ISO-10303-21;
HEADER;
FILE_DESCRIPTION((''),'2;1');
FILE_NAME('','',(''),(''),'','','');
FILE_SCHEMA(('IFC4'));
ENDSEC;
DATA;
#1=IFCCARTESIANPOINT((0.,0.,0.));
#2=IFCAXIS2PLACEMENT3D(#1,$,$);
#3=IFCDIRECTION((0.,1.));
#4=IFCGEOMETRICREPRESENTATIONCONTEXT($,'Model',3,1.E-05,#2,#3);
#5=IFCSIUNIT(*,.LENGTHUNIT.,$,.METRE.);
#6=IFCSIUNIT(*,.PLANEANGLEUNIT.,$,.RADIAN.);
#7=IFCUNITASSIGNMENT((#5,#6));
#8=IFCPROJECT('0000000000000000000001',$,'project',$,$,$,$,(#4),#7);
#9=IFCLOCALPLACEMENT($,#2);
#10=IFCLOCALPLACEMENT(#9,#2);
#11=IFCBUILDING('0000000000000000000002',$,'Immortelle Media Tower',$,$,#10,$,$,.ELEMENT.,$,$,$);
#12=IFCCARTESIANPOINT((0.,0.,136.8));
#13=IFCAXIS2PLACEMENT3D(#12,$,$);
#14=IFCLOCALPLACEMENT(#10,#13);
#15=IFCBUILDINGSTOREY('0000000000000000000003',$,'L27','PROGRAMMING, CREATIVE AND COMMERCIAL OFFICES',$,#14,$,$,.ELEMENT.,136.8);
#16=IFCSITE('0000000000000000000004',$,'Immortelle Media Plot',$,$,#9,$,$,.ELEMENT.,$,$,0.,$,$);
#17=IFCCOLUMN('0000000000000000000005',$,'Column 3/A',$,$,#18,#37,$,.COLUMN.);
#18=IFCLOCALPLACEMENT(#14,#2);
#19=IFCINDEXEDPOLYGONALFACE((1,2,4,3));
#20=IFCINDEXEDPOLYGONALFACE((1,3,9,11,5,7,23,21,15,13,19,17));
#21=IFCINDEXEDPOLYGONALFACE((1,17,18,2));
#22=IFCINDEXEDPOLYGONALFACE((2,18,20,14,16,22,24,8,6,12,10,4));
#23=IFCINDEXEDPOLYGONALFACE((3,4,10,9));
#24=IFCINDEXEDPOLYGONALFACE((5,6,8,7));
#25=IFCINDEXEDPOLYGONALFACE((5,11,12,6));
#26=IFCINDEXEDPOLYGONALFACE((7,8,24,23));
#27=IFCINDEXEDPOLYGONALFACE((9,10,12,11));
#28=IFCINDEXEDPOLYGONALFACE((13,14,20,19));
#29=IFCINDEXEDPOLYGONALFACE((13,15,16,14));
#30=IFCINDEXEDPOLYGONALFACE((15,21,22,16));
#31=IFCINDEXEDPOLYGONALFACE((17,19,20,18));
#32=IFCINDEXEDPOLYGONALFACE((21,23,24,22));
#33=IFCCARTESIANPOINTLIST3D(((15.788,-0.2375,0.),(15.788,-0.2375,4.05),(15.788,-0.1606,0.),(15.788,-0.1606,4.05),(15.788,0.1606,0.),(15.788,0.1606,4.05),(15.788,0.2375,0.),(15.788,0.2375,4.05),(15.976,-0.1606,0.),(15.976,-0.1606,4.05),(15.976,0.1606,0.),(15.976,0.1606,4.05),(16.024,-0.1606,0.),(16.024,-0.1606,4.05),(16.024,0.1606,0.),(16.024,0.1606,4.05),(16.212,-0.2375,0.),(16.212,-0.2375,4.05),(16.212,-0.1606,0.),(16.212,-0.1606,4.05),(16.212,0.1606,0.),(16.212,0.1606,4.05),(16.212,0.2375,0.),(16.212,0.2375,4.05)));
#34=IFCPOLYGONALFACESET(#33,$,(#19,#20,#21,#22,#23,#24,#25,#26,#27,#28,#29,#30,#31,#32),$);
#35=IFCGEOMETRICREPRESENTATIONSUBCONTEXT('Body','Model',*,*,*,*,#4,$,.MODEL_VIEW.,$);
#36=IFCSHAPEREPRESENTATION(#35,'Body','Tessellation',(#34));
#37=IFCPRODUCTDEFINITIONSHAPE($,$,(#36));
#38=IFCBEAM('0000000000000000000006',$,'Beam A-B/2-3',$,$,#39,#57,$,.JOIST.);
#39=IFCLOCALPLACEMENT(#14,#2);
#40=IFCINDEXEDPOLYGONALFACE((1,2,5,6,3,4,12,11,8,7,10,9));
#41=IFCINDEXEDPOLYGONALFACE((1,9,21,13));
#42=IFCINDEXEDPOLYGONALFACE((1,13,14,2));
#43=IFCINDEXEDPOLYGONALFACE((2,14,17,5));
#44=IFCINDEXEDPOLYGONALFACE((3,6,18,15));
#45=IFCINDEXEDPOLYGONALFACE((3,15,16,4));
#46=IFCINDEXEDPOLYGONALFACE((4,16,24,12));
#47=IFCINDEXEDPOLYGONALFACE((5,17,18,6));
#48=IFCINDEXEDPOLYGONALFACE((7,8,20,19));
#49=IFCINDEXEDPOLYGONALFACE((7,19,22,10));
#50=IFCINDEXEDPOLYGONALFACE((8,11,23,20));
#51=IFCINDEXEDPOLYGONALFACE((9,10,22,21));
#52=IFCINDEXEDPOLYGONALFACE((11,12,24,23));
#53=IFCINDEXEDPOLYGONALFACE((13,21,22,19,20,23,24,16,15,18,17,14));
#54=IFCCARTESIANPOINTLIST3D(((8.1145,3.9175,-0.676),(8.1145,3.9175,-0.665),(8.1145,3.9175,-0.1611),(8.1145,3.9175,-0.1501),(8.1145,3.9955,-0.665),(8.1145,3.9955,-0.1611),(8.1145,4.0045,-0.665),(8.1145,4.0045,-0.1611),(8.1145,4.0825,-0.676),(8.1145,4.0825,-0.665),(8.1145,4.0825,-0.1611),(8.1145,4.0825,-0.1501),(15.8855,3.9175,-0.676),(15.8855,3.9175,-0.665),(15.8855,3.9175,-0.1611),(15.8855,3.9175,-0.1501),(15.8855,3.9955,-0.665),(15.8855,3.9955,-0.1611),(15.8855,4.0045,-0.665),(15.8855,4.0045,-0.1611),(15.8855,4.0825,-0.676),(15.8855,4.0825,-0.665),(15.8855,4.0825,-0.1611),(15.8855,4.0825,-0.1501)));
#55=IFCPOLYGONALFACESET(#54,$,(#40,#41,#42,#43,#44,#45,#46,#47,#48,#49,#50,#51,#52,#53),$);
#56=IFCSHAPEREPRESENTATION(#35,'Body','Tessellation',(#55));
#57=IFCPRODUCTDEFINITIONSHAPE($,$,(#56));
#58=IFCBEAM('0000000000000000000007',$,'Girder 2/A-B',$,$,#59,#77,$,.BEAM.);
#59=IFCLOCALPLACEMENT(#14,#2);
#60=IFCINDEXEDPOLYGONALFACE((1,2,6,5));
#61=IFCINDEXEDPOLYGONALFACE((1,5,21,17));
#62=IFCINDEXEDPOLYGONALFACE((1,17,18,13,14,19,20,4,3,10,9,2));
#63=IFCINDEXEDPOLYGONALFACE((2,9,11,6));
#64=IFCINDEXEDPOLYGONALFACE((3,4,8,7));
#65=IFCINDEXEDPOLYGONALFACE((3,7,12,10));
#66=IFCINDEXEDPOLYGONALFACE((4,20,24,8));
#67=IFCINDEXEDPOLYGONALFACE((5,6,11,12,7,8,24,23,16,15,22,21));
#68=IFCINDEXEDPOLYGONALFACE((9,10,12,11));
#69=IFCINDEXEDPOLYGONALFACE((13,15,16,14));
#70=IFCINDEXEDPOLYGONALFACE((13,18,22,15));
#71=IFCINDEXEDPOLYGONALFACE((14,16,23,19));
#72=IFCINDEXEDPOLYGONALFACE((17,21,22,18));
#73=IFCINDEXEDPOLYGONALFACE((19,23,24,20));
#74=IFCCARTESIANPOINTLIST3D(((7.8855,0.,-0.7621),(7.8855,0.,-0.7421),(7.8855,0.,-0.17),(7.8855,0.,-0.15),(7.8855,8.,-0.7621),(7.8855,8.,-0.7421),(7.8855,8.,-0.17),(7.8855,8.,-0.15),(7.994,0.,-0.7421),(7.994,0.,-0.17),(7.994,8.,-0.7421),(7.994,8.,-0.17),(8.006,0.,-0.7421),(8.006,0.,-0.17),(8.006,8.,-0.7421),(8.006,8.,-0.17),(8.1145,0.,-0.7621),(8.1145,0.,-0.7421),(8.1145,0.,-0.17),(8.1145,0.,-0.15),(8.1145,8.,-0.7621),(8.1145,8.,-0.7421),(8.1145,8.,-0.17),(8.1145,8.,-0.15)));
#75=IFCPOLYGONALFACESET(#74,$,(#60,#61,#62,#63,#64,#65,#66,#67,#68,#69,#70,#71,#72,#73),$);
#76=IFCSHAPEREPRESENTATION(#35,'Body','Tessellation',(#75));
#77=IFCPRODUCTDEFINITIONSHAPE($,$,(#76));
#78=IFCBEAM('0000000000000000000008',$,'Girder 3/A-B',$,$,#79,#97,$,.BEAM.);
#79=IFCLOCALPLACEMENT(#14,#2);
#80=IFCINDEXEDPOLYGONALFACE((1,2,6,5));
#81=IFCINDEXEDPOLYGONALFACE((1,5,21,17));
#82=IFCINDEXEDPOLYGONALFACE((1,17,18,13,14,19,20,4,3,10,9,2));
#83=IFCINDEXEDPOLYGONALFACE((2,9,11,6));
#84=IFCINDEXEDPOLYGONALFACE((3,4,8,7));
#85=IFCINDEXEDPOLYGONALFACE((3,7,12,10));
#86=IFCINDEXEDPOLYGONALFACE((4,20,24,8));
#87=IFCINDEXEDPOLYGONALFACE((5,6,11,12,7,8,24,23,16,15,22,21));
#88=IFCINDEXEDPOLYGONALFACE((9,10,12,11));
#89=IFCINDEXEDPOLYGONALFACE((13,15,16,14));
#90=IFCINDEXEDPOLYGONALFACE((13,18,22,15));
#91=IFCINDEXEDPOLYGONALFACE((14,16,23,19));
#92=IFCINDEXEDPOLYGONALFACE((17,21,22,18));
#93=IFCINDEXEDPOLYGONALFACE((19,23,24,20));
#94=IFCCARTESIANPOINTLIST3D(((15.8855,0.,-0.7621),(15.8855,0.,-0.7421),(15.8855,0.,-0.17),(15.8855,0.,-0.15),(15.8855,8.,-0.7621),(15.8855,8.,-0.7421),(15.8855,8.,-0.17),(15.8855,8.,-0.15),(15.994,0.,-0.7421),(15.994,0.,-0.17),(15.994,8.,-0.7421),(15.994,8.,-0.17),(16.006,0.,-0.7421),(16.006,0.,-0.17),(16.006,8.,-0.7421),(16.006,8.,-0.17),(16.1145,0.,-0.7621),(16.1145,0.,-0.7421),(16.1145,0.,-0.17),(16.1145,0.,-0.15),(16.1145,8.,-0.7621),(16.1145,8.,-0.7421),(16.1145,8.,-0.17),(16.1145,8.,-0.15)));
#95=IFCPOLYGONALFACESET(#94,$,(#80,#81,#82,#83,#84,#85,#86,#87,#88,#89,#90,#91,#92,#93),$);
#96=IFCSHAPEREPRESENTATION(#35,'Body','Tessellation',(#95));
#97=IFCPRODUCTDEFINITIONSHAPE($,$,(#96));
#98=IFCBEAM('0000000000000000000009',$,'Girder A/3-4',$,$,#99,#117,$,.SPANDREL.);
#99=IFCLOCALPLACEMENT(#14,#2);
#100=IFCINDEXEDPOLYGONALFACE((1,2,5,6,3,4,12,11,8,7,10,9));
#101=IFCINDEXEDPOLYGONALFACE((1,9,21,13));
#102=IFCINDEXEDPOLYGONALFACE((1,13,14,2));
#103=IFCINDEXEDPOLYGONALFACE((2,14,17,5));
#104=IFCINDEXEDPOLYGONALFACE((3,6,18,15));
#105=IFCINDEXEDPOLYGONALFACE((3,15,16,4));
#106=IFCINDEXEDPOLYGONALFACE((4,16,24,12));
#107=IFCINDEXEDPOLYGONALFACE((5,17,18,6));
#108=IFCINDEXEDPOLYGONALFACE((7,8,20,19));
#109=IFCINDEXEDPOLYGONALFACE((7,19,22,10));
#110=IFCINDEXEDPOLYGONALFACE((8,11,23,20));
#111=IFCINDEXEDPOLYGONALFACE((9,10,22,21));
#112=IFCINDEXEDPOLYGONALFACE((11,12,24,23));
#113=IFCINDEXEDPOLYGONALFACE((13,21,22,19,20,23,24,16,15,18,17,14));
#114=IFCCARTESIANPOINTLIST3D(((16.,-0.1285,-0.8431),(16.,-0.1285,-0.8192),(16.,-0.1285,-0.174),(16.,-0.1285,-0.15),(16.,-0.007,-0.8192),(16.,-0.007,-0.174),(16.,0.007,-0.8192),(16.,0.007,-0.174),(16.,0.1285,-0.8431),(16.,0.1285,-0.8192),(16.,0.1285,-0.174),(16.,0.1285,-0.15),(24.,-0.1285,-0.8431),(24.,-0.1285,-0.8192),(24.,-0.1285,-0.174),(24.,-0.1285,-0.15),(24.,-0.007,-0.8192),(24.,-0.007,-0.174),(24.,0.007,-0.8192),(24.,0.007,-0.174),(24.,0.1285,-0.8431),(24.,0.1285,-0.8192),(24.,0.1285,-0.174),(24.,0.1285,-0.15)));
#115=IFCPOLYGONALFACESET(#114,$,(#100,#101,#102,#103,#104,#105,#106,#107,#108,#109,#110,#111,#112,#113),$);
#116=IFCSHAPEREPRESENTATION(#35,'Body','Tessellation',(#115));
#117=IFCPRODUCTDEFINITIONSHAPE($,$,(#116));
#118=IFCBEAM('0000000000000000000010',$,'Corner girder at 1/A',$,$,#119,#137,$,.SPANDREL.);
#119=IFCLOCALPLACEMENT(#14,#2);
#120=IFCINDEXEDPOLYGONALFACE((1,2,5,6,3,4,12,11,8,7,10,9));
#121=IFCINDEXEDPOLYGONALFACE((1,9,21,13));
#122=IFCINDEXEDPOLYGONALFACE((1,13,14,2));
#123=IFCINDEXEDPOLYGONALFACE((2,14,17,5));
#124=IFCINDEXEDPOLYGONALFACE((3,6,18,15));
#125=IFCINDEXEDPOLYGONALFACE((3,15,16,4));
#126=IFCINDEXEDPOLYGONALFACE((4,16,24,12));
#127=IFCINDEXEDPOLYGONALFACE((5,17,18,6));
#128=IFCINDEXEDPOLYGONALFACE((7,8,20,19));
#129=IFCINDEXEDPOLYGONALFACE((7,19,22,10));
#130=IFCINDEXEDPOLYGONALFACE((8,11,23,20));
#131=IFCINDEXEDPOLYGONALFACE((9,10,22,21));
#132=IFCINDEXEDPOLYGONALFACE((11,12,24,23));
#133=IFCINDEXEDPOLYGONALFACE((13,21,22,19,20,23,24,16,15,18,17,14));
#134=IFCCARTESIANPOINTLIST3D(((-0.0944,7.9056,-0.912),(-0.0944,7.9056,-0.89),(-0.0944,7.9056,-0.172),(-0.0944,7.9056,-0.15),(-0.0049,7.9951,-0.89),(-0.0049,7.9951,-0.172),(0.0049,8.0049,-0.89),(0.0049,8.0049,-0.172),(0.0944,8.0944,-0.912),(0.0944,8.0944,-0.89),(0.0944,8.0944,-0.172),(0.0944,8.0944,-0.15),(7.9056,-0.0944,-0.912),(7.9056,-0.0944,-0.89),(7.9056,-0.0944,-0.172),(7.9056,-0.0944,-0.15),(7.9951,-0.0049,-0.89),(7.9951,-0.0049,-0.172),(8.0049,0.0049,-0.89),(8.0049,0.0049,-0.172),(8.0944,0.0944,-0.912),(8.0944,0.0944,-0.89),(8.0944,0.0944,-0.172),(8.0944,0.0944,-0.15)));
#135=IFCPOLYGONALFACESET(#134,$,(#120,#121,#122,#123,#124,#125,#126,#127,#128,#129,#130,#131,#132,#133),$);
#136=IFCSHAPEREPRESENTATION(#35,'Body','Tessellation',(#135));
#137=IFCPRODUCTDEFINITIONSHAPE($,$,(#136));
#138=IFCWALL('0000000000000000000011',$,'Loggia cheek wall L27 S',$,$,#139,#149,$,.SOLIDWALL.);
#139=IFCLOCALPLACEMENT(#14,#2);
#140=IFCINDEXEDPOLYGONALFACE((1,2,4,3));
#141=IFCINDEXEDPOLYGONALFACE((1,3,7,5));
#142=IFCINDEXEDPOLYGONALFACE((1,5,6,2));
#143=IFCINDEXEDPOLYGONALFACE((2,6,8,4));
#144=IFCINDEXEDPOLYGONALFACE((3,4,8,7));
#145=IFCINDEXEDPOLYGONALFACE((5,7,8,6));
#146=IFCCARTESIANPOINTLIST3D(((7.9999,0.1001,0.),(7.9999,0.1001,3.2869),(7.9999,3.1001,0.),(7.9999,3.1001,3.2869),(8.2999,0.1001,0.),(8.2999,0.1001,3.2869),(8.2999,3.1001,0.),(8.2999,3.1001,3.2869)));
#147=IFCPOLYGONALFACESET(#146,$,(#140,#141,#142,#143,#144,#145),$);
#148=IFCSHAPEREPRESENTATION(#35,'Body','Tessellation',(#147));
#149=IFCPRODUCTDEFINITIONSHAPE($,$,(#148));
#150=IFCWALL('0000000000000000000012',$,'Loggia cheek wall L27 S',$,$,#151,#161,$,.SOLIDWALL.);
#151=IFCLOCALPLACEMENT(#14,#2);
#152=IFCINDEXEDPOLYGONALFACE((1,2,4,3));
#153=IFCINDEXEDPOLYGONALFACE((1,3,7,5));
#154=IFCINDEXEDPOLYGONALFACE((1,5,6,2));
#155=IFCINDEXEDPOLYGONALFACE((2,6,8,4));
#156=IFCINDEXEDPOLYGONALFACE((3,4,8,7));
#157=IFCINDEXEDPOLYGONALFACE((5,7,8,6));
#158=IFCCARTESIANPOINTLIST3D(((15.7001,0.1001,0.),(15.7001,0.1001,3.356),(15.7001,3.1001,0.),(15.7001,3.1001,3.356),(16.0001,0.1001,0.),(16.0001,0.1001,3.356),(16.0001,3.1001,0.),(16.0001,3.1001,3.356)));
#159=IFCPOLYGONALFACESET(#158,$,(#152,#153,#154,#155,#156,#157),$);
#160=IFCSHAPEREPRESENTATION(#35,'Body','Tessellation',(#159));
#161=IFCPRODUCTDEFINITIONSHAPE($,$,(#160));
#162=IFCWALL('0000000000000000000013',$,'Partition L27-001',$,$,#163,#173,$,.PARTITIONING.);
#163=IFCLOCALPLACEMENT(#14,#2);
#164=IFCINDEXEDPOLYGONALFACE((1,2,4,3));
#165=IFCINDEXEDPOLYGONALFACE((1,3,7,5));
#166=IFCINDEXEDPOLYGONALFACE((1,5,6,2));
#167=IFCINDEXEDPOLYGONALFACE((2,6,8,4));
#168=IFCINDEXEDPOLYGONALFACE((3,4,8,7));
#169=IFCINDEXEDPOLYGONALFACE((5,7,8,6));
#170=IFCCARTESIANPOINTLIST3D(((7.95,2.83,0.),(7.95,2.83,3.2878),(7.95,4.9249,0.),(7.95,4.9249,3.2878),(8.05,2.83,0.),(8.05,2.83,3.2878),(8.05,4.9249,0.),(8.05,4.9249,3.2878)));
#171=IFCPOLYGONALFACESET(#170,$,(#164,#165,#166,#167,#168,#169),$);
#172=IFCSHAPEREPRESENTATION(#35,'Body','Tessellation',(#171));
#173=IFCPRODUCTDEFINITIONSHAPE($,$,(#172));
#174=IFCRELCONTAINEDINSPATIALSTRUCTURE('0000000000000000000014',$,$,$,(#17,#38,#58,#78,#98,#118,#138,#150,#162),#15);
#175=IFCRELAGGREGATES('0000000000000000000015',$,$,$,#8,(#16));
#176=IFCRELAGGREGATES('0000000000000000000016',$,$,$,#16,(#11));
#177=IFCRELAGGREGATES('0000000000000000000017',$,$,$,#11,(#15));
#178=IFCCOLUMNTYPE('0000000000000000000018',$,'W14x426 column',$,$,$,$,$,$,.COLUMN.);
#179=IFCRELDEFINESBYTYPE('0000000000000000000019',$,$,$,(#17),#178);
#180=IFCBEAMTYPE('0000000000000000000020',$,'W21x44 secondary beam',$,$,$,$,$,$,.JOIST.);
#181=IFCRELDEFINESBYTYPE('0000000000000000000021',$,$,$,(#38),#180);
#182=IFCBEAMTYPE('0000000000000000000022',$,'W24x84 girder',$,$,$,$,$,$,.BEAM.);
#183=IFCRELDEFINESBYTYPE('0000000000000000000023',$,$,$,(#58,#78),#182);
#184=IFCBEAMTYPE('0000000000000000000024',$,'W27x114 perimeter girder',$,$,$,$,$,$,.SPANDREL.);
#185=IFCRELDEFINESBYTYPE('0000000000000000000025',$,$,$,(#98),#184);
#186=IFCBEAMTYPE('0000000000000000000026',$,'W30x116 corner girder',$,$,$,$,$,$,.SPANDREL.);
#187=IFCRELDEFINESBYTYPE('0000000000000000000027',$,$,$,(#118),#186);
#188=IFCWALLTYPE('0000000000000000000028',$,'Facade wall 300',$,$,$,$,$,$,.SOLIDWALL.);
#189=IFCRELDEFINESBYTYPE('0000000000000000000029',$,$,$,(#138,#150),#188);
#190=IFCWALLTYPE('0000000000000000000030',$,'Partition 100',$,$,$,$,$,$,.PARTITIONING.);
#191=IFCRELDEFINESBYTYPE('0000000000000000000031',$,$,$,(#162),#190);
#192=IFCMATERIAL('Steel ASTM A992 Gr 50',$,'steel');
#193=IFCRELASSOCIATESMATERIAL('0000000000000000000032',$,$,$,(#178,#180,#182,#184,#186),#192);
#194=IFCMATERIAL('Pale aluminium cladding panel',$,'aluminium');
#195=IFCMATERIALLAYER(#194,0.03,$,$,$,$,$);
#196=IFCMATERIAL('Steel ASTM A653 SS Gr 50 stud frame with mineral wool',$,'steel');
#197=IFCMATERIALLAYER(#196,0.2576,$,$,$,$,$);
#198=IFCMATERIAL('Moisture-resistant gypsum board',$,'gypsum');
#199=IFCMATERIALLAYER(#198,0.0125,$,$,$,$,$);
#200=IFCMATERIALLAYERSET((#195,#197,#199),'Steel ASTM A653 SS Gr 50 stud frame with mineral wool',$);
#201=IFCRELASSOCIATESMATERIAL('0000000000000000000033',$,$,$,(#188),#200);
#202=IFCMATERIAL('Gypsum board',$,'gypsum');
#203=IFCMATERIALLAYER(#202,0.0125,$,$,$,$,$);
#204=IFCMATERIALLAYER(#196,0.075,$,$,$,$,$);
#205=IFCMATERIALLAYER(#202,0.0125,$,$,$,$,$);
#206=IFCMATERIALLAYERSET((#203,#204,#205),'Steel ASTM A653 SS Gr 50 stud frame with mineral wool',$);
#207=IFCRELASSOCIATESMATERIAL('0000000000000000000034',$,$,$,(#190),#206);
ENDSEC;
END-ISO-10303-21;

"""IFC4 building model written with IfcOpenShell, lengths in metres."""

from ifc_helpers import new_model, si_unit, direction, frame, frame_2d, origin, origin_2d, place, context, subcontext, project, spatial, rectangle, i_section, extrude, material, layer, layer_set, material_profile, profile_set, type_object, element, save


model = new_model("IFC4")

# Units and contexts
model_context = context("Model", 3, precision=1e-05, world=origin(), true_north=direction((0.0, 1.0)))
body_context = subcontext(model_context, "Body", "Model", "MODEL_VIEW")
ifc_project = project(units=[si_unit("LENGTHUNIT", "METRE"), si_unit("PLANEANGLEUNIT", "RADIAN")], contexts=[model_context])

# Site, building, storey
site_placement = place(None, origin())
site = spatial("IfcSite", under=ifc_project, at=site_placement, Name="Immortelle Media Plot", CompositionType="ELEMENT", RefElevation=0.0)
building_placement = place(site_placement, origin())
building = spatial("IfcBuilding", under=site, at=building_placement, Name="Immortelle Media Tower", CompositionType="ELEMENT")
storey_placement = place(building_placement, frame((0.0, 0.0, 136.8)))
storey = spatial("IfcBuildingStorey", under=building, at=storey_placement, Name="L27", Description="PROGRAMMING, CREATIVE AND COMMERCIAL OFFICES", CompositionType="ELEMENT", Elevation=136.8)

# Column
ifc_material_1 = material(Name="Steel ASTM A992 Gr 50", Category="steel")
ifc_material_profile_1 = material_profile(ifc_material_1, i_section(OverallWidth=0.4241, OverallDepth=0.4751, WebThickness=0.0481, FlangeThickness=0.0769, at=origin_2d()), Name="W14x426")
ifc_profile_set_1 = profile_set([ifc_material_profile_1], Name="Steel ASTM A992 Gr 50")
column_type = type_object("IfcColumnType", Name="W14x426 column", PredefinedType="COLUMN", material=ifc_profile_set_1)
column_placement = place(storey_placement, frame((16.0, 0.0, 0.0), z_axis=(0.0, 0.0, 1.0), x_axis=(1.0, 0.0, 0.0)))
element("IfcColumn", 1, at=column_placement, inside=storey, type_object=column_type, Name="Column 3/A", PredefinedType="COLUMN", context=body_context, shape_type="SweptSolid", body=[
    extrude(i_section(OverallWidth=0.4241, OverallDepth=0.4751, WebThickness=0.0481, FlangeThickness=0.0769, at=origin_2d()), origin(), (0.0, 0.0, 1.0), 4.05),
])

# Beams
ifc_material_profile_2 = material_profile(ifc_material_1, i_section(OverallWidth=0.165, OverallDepth=0.5259, WebThickness=0.009, FlangeThickness=0.011, at=origin_2d()), Name="W21x44")
ifc_profile_set_2 = profile_set([ifc_material_profile_2], Name="Steel ASTM A992 Gr 50")
beam_type_1 = type_object("IfcBeamType", Name="W21x44 secondary beam", PredefinedType="JOIST", material=ifc_profile_set_2)
beam_1_placement = place(storey_placement, frame((8.1145, 4.0, -0.4131), z_axis=(1.0, 0.0, 0.0), x_axis=(0.0, 1.0, 0.0)))
element("IfcBeam", 2, at=beam_1_placement, inside=storey, type_object=beam_type_1, Name="Beam A-B/2-3", PredefinedType="JOIST", context=body_context, shape_type="SweptSolid", body=[
    extrude(i_section(OverallWidth=0.165, OverallDepth=0.5259, WebThickness=0.009, FlangeThickness=0.011, at=origin_2d()), origin(), (0.0, 0.0, 1.0), 7.771),
])
ifc_material_profile_3 = material_profile(ifc_material_1, i_section(OverallWidth=0.229, OverallDepth=0.6121, WebThickness=0.012, FlangeThickness=0.02, at=origin_2d()), Name="W24x84")
ifc_profile_set_3 = profile_set([ifc_material_profile_3], Name="Steel ASTM A992 Gr 50")
beam_type_2 = type_object("IfcBeamType", Name="W24x84 girder", PredefinedType="BEAM", material=ifc_profile_set_3)
for number, where, z_axis, x_axis, name in (
    (3, (8.0, 0.0, -0.4561), (0.0, 1.0, 0.0), (-1.0, 0.0, 0.0), "Girder 2/A-B"),
    (4, (16.0, 0.0, -0.4561), (0.0, 1.0, 0.0), (-1.0, 0.0, 0.0), "Girder 3/A-B"),
):
    element("IfcBeam", number, at=place(storey_placement, frame(where, z_axis=z_axis, x_axis=x_axis)), inside=storey, type_object=beam_type_2, Name=name, PredefinedType="BEAM", context=body_context, shape_type="SweptSolid", body=[
        extrude(i_section(OverallWidth=0.229, OverallDepth=0.6121, WebThickness=0.012, FlangeThickness=0.02, at=origin_2d()), origin(), (0.0, 0.0, 1.0), 8.0),
    ])
ifc_material_profile_4 = material_profile(ifc_material_1, i_section(OverallWidth=0.2571, OverallDepth=0.6931, WebThickness=0.0139, FlangeThickness=0.0239, at=origin_2d()), Name="W27x114")
ifc_profile_set_4 = profile_set([ifc_material_profile_4], Name="Steel ASTM A992 Gr 50")
beam_type_3 = type_object("IfcBeamType", Name="W27x114 perimeter girder", PredefinedType="SPANDREL", material=ifc_profile_set_4)
beam_2_placement = place(storey_placement, frame((16.0, 0.0, -0.4966), z_axis=(1.0, 0.0, 0.0), x_axis=(0.0, 1.0, 0.0)))
element("IfcBeam", 5, at=beam_2_placement, inside=storey, type_object=beam_type_3, Name="Girder A/3-4", PredefinedType="SPANDREL", context=body_context, shape_type="SweptSolid", body=[
    extrude(i_section(OverallWidth=0.2571, OverallDepth=0.6931, WebThickness=0.0139, FlangeThickness=0.0239, at=origin_2d()), origin(), (0.0, 0.0, 1.0), 8.0),
])
ifc_material_profile_5 = material_profile(ifc_material_1, i_section(OverallWidth=0.2671, OverallDepth=0.762, WebThickness=0.0139, FlangeThickness=0.022, at=origin_2d()), Name="W30x116")
ifc_profile_set_5 = profile_set([ifc_material_profile_5], Name="Steel ASTM A992 Gr 50")
beam_type_4 = type_object("IfcBeamType", Name="W30x116 corner girder", PredefinedType="SPANDREL", material=ifc_profile_set_5)
beam_3_placement = place(storey_placement, frame((8.0, 0.0, -0.531), z_axis=(-0.707107, 0.707107, 0.0), x_axis=(-0.707107, -0.707107, 0.0)))
element("IfcBeam", 6, at=beam_3_placement, inside=storey, type_object=beam_type_4, Name="Corner girder at 1/A", PredefinedType="SPANDREL", context=body_context, shape_type="SweptSolid", body=[
    extrude(i_section(OverallWidth=0.2671, OverallDepth=0.762, WebThickness=0.0139, FlangeThickness=0.022, at=origin_2d()), origin(), (0.0, 0.0, 1.0), 11.3137),
])

# Shared definitions
ifc_material_2 = material(Name="Pale aluminium cladding panel", Category="aluminium")
ifc_layer_1 = layer(ifc_material_2, 0.03)
ifc_material_3 = material(Name="Steel ASTM A653 SS Gr 50 stud frame with mineral wool", Category="steel")
ifc_layer_2 = layer(ifc_material_3, 0.2576)
ifc_material_4 = material(Name="Moisture-resistant gypsum board", Category="gypsum")
ifc_layer_3 = layer(ifc_material_4, 0.0125)
ifc_layer_set_1 = layer_set([ifc_layer_1, ifc_layer_2, ifc_layer_3], Name="Steel ASTM A653 SS Gr 50 stud frame with mineral wool")
wall_type_1 = type_object("IfcWallType", Name="Facade wall 300", PredefinedType="SOLIDWALL", material=ifc_layer_set_1)

# Walls
wall_1_placement = place(storey_placement, frame((8.1499, 0.1001, 0.0), z_axis=(0.0, 0.0, 1.0), x_axis=(0.0, 1.0, 0.0)))
element("IfcWall", 7, at=wall_1_placement, inside=storey, type_object=wall_type_1, Name="Loggia cheek wall L27 S", PredefinedType="SOLIDWALL", context=body_context, shape_type="SweptSolid", body=[
    extrude(rectangle(XDim=3.0, YDim=0.3, at=frame_2d((1.5, 0.0))), origin(), (0.0, 0.0, 1.0), 3.2869),
])
wall_2_placement = place(storey_placement, frame((15.8501, 0.1001, 0.0), z_axis=(0.0, 0.0, 1.0), x_axis=(0.0, 1.0, 0.0)))
element("IfcWall", 8, at=wall_2_placement, inside=storey, type_object=wall_type_1, Name="Loggia cheek wall L27 S", PredefinedType="SOLIDWALL", context=body_context, shape_type="SweptSolid", body=[
    extrude(rectangle(XDim=3.0, YDim=0.3, at=frame_2d((1.5, 0.0))), origin(), (0.0, 0.0, 1.0), 3.356),
])
ifc_material_5 = material(Name="Gypsum board", Category="gypsum")
ifc_layer_4 = layer(ifc_material_5, 0.0125)
ifc_layer_5 = layer(ifc_material_3, 0.075)
ifc_layer_6 = layer(ifc_material_5, 0.0125)
ifc_layer_set_2 = layer_set([ifc_layer_4, ifc_layer_5, ifc_layer_6], Name="Steel ASTM A653 SS Gr 50 stud frame with mineral wool")
wall_type_2 = type_object("IfcWallType", Name="Partition 100", PredefinedType="PARTITIONING", material=ifc_layer_set_2)
for number, where, z_axis, x_axis, name in (
    (9, (8.0, 2.8301, 0.0), (0.0, 0.0, 1.0), (0.0, 1.0, 0.0), "Partition L27-001"),
):
    element("IfcWall", number, at=place(storey_placement, frame(where, z_axis=z_axis, x_axis=x_axis)), inside=storey, type_object=wall_type_2, Name=name, PredefinedType="PARTITIONING", context=body_context, shape_type="SweptSolid", body=[
        extrude(rectangle(XDim=2.095, YDim=0.1001, at=frame_2d((1.0474, 0.0))), origin(), (0.0, 0.0, 1.0), 3.2878),
    ])

save(model, "model.ifc")
